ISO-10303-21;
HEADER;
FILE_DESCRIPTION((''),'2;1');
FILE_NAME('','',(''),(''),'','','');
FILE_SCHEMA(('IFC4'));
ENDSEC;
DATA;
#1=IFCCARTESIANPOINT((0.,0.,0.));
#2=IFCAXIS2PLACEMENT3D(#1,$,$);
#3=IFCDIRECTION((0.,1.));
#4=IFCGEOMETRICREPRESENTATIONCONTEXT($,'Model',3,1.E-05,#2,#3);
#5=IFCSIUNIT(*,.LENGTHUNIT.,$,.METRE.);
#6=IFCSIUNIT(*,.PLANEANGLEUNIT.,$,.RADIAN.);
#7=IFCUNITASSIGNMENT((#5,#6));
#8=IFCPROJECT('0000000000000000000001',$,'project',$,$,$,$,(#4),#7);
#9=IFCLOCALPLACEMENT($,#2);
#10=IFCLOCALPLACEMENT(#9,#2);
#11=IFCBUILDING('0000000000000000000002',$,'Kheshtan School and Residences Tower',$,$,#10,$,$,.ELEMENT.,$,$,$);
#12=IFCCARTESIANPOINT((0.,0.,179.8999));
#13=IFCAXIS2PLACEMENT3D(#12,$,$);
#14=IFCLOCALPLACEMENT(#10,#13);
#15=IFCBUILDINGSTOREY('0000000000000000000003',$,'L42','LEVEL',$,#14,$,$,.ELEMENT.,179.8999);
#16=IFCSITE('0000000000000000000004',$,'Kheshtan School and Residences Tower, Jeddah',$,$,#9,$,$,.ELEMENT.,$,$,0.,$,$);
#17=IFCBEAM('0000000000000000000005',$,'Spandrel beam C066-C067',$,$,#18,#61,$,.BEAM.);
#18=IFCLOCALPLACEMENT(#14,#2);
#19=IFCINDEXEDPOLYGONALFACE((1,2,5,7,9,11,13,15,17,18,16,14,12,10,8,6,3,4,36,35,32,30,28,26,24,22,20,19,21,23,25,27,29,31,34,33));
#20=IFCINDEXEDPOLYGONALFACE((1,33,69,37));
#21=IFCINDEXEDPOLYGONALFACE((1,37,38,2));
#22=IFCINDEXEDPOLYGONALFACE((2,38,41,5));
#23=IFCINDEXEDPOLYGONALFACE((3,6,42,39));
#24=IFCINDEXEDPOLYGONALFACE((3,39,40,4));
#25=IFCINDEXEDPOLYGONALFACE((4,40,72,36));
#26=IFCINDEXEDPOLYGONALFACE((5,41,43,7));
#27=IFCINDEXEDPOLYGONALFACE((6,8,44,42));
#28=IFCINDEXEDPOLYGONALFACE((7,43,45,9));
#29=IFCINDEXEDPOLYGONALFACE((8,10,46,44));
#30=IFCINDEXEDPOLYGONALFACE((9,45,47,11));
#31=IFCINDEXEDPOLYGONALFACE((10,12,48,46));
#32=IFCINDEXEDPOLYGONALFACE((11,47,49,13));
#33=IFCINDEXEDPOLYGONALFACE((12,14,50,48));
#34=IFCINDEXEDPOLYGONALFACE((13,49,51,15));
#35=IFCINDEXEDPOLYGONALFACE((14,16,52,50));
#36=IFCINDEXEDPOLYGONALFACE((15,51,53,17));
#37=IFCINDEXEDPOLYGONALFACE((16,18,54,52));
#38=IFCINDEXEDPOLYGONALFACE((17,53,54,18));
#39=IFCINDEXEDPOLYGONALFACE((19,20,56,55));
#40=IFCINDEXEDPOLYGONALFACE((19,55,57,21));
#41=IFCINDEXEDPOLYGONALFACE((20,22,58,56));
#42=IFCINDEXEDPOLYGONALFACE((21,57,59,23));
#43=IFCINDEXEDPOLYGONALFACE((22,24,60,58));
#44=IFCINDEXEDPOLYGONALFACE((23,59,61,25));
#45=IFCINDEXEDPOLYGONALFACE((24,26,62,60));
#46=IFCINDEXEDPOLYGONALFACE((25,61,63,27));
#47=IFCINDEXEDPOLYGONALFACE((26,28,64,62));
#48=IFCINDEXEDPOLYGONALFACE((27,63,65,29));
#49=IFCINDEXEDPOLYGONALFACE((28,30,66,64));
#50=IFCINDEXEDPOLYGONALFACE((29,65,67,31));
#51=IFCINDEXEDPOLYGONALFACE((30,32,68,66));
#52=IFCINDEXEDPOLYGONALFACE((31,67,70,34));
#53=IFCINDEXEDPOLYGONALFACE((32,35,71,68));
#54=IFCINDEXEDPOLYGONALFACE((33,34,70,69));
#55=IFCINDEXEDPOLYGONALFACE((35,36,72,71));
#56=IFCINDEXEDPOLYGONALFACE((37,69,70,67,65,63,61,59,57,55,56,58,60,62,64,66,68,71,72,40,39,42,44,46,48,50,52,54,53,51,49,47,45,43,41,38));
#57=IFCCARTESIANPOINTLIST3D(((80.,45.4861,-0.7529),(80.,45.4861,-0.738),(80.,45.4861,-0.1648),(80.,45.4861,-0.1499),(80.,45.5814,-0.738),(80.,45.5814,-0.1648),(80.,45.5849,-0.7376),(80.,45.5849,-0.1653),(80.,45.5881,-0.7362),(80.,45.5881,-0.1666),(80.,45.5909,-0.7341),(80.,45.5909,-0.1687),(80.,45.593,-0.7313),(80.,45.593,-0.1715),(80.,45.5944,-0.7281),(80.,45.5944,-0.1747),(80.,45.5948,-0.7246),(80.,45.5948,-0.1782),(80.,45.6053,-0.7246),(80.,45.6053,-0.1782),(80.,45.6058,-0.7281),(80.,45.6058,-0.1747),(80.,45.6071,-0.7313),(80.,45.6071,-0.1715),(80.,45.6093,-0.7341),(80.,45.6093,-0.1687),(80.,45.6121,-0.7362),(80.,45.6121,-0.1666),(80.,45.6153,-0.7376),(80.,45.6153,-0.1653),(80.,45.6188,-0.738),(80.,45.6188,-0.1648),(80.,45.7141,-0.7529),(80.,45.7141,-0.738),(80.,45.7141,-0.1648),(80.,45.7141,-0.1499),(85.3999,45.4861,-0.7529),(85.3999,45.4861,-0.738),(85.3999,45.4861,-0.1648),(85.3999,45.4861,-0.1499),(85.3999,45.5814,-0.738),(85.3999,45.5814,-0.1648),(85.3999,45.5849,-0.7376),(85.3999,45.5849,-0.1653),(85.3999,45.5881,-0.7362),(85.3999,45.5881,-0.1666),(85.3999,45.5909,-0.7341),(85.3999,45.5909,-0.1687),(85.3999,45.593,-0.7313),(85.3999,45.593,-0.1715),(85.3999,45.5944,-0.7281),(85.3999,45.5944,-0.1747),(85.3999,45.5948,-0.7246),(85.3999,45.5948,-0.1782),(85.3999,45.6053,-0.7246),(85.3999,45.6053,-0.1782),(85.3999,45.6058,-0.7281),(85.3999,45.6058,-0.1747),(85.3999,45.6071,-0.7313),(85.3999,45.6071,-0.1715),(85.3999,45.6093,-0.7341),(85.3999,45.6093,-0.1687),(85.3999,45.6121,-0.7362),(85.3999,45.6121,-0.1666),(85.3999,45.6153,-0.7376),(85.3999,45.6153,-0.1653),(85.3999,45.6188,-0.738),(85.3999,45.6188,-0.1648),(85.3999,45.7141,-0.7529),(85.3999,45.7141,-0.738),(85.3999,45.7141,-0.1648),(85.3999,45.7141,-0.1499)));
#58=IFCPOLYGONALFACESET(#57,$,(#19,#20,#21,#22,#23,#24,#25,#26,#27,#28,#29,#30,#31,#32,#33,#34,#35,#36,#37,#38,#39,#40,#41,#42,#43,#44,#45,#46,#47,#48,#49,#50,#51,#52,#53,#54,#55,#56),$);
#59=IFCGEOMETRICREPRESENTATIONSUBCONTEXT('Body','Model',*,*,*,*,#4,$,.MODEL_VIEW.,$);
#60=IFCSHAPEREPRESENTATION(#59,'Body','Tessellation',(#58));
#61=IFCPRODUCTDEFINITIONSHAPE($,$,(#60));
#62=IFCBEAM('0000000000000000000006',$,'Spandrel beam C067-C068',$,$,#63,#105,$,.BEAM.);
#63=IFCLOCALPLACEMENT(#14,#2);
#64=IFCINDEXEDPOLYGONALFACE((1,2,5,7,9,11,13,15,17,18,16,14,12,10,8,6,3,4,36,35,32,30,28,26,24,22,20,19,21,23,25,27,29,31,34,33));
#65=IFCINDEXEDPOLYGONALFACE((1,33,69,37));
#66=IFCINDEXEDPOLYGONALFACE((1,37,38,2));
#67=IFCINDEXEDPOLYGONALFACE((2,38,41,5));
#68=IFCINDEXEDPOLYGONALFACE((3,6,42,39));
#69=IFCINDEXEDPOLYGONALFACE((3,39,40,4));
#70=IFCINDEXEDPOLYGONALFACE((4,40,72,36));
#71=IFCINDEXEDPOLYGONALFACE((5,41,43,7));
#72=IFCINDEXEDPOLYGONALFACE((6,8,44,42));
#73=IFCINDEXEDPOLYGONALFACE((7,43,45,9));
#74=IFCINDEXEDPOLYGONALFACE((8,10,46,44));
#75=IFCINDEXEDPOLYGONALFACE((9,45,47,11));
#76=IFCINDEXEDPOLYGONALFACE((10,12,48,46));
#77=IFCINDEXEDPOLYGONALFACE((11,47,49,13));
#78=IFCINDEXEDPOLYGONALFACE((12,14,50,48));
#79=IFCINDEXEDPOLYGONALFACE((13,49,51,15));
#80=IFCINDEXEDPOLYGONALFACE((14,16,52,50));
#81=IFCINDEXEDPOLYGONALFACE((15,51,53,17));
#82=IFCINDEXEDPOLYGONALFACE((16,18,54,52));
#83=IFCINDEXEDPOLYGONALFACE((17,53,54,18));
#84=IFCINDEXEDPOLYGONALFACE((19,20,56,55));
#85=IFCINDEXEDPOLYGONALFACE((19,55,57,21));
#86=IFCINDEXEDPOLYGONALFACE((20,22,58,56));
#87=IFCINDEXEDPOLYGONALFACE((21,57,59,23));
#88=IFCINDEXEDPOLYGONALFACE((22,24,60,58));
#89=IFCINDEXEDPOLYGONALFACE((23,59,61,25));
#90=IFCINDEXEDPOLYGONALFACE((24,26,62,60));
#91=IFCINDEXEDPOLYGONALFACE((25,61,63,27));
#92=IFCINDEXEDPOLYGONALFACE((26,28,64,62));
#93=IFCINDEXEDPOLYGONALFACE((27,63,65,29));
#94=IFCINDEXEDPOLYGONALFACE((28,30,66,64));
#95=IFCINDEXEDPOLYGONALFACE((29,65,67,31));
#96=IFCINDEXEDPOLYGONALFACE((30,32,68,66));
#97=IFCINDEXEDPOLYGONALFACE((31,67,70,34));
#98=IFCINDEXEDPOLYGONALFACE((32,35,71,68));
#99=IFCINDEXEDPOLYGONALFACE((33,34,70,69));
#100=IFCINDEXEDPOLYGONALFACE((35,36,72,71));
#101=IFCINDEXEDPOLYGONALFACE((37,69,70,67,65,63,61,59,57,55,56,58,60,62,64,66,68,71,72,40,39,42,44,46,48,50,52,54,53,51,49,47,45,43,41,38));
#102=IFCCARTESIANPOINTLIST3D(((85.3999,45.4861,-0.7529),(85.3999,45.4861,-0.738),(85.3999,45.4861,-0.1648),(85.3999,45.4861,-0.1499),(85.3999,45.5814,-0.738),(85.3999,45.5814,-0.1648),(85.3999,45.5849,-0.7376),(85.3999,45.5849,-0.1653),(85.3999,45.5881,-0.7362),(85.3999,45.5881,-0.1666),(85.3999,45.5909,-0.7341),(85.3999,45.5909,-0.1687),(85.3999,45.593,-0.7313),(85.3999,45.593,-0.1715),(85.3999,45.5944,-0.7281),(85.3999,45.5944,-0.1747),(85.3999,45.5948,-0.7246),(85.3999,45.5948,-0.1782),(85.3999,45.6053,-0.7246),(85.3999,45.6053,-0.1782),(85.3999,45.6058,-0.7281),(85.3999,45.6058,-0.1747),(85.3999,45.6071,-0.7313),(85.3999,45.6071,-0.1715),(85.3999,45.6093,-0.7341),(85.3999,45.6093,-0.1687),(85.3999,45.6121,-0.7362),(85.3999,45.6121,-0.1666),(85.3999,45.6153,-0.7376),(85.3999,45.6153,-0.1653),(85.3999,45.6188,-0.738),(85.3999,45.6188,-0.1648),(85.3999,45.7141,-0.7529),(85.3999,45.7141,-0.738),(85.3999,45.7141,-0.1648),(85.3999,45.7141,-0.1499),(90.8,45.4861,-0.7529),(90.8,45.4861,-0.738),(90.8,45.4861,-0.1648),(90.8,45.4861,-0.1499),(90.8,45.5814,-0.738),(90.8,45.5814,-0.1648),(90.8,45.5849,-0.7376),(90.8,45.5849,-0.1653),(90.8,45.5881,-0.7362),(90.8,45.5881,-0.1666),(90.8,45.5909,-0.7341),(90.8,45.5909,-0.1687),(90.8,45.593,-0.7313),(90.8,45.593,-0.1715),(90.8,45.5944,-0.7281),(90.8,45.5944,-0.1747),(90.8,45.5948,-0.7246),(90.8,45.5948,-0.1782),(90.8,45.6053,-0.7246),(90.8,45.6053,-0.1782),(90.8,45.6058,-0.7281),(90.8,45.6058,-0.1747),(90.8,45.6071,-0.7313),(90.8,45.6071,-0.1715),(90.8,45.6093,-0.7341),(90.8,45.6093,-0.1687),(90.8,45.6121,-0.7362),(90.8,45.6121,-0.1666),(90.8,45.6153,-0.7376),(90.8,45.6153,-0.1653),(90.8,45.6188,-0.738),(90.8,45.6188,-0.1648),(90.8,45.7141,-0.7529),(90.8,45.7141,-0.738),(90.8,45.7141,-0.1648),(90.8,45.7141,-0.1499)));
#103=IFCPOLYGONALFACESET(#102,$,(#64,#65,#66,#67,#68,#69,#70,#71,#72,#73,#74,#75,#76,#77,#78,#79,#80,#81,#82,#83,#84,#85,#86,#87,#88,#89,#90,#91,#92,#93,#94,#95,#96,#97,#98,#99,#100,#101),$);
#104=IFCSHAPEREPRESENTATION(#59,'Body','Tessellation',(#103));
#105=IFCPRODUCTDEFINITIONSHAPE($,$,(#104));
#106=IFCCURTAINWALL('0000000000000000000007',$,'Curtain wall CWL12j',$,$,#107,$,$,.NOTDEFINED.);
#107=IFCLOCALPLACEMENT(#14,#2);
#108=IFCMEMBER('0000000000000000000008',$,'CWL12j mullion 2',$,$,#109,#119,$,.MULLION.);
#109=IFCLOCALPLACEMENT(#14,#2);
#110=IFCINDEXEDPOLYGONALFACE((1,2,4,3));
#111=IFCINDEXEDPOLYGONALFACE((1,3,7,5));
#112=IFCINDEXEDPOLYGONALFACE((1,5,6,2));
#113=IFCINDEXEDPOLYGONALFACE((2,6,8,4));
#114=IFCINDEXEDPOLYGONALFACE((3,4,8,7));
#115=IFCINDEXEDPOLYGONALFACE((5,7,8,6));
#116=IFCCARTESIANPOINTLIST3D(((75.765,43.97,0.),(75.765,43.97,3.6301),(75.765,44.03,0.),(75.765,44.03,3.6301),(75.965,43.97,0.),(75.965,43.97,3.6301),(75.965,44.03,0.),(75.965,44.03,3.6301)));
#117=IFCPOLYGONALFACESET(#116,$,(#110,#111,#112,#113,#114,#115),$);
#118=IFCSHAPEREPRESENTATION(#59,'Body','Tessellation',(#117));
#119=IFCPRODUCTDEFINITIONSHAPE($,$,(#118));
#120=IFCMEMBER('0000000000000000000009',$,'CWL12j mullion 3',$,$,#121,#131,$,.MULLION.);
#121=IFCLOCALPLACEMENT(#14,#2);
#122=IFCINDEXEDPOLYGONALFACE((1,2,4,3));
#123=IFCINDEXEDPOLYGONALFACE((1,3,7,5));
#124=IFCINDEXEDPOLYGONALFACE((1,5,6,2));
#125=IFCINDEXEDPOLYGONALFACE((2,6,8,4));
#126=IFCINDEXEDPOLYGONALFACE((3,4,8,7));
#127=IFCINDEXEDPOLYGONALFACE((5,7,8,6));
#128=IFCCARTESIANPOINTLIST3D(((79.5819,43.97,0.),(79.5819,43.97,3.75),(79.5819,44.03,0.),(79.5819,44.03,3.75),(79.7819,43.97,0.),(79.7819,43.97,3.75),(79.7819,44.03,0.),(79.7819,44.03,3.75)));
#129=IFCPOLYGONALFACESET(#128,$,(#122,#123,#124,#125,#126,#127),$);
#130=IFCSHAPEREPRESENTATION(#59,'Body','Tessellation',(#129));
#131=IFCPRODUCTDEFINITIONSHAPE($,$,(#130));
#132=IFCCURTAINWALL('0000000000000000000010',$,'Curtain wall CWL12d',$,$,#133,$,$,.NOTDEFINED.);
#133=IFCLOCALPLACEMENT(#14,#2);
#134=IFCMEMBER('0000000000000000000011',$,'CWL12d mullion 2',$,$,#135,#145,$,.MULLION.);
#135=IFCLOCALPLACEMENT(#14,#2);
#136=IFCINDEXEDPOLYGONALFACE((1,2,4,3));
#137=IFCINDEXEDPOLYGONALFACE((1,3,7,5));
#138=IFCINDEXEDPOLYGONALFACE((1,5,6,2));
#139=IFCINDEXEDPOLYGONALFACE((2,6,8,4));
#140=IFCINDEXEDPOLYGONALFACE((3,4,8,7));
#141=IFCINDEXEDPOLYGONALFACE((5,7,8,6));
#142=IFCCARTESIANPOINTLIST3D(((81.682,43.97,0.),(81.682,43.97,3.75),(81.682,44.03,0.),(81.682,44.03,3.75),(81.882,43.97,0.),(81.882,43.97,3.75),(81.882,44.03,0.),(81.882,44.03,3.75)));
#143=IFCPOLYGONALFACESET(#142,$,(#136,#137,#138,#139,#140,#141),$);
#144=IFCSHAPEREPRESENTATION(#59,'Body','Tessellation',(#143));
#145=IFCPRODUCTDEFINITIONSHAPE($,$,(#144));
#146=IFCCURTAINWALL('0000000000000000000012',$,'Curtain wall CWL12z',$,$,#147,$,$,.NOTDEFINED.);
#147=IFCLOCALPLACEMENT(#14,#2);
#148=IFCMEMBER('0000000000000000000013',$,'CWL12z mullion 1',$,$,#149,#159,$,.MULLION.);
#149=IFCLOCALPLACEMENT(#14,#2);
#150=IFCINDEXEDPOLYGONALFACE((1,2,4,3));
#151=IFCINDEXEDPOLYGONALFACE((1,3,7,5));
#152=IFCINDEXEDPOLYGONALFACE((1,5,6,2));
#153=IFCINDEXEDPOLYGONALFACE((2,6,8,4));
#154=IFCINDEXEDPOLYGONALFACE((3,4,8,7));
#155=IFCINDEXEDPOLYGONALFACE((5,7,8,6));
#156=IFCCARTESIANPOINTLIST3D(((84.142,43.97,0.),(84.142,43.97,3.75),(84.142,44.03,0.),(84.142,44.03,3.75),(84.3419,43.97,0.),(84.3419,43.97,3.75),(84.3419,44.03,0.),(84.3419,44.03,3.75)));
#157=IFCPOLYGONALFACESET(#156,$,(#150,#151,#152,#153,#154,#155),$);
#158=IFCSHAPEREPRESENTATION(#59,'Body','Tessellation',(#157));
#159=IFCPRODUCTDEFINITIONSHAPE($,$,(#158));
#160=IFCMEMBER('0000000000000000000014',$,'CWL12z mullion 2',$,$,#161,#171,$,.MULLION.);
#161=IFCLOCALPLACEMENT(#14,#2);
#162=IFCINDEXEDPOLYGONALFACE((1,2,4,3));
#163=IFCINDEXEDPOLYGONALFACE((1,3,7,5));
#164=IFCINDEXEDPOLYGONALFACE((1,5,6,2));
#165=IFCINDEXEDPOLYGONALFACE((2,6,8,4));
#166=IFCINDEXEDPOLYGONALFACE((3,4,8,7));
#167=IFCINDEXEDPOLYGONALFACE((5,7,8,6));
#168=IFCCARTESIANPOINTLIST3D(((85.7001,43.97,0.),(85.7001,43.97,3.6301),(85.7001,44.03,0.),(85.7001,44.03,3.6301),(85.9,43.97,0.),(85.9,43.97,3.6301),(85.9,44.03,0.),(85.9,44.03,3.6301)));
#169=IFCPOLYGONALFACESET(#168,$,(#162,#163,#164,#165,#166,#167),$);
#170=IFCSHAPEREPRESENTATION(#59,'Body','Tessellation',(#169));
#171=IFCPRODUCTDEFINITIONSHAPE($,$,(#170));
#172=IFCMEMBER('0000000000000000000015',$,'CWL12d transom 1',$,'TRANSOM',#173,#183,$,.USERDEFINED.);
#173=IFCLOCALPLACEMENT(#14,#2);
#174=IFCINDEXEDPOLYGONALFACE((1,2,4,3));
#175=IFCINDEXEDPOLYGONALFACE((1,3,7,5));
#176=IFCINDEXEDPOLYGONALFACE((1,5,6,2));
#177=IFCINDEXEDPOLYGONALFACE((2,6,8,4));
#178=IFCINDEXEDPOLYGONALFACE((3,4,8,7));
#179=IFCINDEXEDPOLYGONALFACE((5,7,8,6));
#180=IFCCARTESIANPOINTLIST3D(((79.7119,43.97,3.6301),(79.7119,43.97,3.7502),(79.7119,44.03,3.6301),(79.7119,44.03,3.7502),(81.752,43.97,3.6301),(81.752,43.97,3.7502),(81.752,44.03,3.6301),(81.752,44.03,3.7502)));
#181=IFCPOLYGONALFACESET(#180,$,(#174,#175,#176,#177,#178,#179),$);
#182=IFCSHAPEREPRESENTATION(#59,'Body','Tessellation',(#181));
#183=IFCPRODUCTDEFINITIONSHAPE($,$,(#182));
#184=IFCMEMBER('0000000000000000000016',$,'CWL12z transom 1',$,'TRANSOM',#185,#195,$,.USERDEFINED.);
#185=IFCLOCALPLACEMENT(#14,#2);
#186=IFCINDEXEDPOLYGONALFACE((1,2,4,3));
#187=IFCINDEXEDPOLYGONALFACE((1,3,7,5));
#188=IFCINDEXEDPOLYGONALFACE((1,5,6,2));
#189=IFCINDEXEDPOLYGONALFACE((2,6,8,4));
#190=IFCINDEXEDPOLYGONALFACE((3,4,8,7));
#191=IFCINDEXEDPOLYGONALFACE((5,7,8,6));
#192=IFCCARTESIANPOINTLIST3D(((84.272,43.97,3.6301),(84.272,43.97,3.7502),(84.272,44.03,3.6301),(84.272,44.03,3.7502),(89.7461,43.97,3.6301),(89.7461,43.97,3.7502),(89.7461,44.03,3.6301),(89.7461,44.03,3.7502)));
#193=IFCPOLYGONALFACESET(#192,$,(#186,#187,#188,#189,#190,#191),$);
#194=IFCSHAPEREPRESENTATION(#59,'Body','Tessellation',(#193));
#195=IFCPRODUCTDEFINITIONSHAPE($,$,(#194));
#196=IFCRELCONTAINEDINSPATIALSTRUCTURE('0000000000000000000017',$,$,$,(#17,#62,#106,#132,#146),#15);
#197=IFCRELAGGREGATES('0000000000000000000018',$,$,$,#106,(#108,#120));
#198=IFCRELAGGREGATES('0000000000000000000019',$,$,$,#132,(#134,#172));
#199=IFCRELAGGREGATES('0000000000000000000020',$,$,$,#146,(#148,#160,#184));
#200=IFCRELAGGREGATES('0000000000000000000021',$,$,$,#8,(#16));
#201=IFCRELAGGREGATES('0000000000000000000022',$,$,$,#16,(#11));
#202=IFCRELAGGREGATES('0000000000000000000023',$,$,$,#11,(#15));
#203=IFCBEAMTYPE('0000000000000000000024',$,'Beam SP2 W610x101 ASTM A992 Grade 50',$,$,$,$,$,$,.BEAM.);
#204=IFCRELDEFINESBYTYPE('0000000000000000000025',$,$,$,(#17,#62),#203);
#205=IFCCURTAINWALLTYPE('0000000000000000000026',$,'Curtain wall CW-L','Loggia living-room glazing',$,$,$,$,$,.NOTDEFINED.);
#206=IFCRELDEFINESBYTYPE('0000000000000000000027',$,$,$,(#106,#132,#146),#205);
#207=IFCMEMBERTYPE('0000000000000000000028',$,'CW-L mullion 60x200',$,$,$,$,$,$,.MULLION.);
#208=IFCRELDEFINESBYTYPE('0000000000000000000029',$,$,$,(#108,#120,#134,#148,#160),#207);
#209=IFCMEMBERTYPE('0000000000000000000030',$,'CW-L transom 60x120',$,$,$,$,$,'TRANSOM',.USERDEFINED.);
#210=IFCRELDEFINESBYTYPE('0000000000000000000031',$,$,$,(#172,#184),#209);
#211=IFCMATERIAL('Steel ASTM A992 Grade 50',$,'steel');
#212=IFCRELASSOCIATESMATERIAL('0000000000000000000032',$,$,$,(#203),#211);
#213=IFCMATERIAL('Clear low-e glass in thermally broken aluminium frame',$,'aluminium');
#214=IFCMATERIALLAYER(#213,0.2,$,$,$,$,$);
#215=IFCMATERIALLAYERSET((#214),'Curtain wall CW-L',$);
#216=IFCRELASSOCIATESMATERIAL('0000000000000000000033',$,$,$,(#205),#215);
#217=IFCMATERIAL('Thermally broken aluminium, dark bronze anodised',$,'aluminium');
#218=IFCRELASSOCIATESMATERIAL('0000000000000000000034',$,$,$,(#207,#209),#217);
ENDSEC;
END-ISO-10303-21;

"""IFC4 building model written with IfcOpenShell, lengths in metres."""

from ifc_helpers import new_model, si_unit, direction, frame, origin, origin_2d, place, context, subcontext, project, spatial, rectangle, i_section, extrude, material, layer, layer_set, material_profile, profile_set, type_object, element, aggregate, save


model = new_model("IFC4")

# Units and contexts
model_context = context("Model", 3, precision=1e-05, world=origin(), true_north=direction((0.0, 1.0)))
body_context = subcontext(model_context, "Body", "Model", "MODEL_VIEW")
ifc_project = project(units=[si_unit("LENGTHUNIT", "METRE"), si_unit("PLANEANGLEUNIT", "RADIAN")], contexts=[model_context])

# Site, building, storey
site_placement = place(None, origin())
site = spatial("IfcSite", under=ifc_project, at=site_placement, Name="Kheshtan School and Residences Tower, Jeddah", CompositionType="ELEMENT", RefElevation=0.0)
building_placement = place(site_placement, origin())
building = spatial("IfcBuilding", under=site, at=building_placement, Name="Kheshtan School and Residences Tower", CompositionType="ELEMENT")
storey_placement = place(building_placement, frame((0.0, 0.0, 179.8999)))
storey = spatial("IfcBuildingStorey", under=building, at=storey_placement, Name="L42", Description="LEVEL", CompositionType="ELEMENT", Elevation=179.8999)

# Shared definitions
ifc_material_1 = material(Name="Steel ASTM A992 Grade 50", Category="steel")

# Beams
ifc_material_profile_1 = material_profile(ifc_material_1, i_section(OverallWidth=0.228, OverallDepth=0.603, WebThickness=0.0105, FlangeThickness=0.0149, FilletRadius=0.0134, at=origin_2d()), Name="W610x101")
ifc_profile_set_1 = profile_set([ifc_material_profile_1], Name="Steel ASTM A992 Grade 50")
beam_type_1 = type_object("IfcBeamType", Name="Beam SP2 W610x101 ASTM A992 Grade 50", PredefinedType="BEAM", material=ifc_profile_set_1)
beam_1_placement = place(storey_placement, frame((80.0, 45.6001, -0.4514), z_axis=(1.0, 0.0, 0.0), x_axis=(0.0, 1.0, 0.0)))
element("IfcBeam", 1, at=beam_1_placement, inside=storey, type_object=beam_type_1, Name="Spandrel beam C066-C067", PredefinedType="BEAM", context=body_context, shape_type="SweptSolid", body=[
    extrude(i_section(OverallWidth=0.228, OverallDepth=0.603, WebThickness=0.0105, FlangeThickness=0.0149, FilletRadius=0.0134, at=origin_2d()), origin(), (0.0, 0.0, 1.0), 5.3999),
])
beam_2_placement = place(storey_placement, frame((85.3999, 45.6001, -0.4514), z_axis=(1.0, 0.0, 0.0), x_axis=(0.0, 1.0, 0.0)))
element("IfcBeam", 2, at=beam_2_placement, inside=storey, type_object=beam_type_1, Name="Spandrel beam C067-C068", PredefinedType="BEAM", context=body_context, shape_type="SweptSolid", body=[
    extrude(i_section(OverallWidth=0.228, OverallDepth=0.603, WebThickness=0.0105, FlangeThickness=0.0149, FilletRadius=0.0134, at=origin_2d()), origin(), (0.0, 0.0, 1.0), 5.4001),
])

# Curtain wall, members
ifc_material_2 = material(Name="Clear low-e glass in thermally broken aluminium frame", Category="aluminium")
ifc_layer_1 = layer(ifc_material_2, 0.2)
ifc_layer_set_1 = layer_set([ifc_layer_1], Name="Curtain wall CW-L")
curtain_wall_type = type_object("IfcCurtainWallType", Name="Curtain wall CW-L", Description="Loggia living-room glazing", PredefinedType="NOTDEFINED", material=ifc_layer_set_1)
curtain_wall_1_placement = place(storey_placement, origin())
curtain_wall_1 = element("IfcCurtainWall", 3, at=curtain_wall_1_placement, inside=storey, type_object=curtain_wall_type, Name="Curtain wall CWL12j", PredefinedType="NOTDEFINED")
ifc_material_3 = material(Name="Thermally broken aluminium, dark bronze anodised", Category="aluminium")
ifc_material_profile_2 = material_profile(ifc_material_3, rectangle(XDim=0.0601, YDim=0.2, at=origin_2d()), Name="CW-L mullion 60x200")
ifc_profile_set_2 = profile_set([ifc_material_profile_2], Name="Thermally broken aluminium, dark bronze anodised")
member_type_1 = type_object("IfcMemberType", Name="CW-L mullion 60x200", PredefinedType="MULLION", material=ifc_profile_set_2)
member_1_placement = place(storey_placement, frame((75.865, 44.0, 0.0), z_axis=(0.0, 0.0, 1.0), x_axis=(0.0, 1.0, 0.0)))
member_1 = element("IfcMember", 4, at=member_1_placement, type_object=member_type_1, Name="CWL12j mullion 2", PredefinedType="MULLION", context=body_context, shape_type="SweptSolid", body=[
    extrude(rectangle(XDim=0.0601, YDim=0.2, at=origin_2d()), origin(), (0.0, 0.0, 1.0), 3.6301),
])
member_2_placement = place(storey_placement, frame((79.6819, 44.0, 0.0), z_axis=(0.0, 0.0, 1.0), x_axis=(0.0, 1.0, 0.0)))
member_2 = element("IfcMember", 5, at=member_2_placement, type_object=member_type_1, Name="CWL12j mullion 3", PredefinedType="MULLION", context=body_context, shape_type="SweptSolid", body=[
    extrude(rectangle(XDim=0.0601, YDim=0.2, at=origin_2d()), origin(), (0.0, 0.0, 1.0), 3.75),
])

# Curtain wall, member
curtain_wall_2_placement = place(storey_placement, origin())
curtain_wall_2 = element("IfcCurtainWall", 6, at=curtain_wall_2_placement, inside=storey, type_object=curtain_wall_type, Name="Curtain wall CWL12d", PredefinedType="NOTDEFINED")
member_3_placement = place(storey_placement, frame((81.782, 44.0, 0.0), z_axis=(0.0, 0.0, 1.0), x_axis=(0.0, 1.0, 0.0)))
member_3 = element("IfcMember", 7, at=member_3_placement, type_object=member_type_1, Name="CWL12d mullion 2", PredefinedType="MULLION", context=body_context, shape_type="SweptSolid", body=[
    extrude(rectangle(XDim=0.0601, YDim=0.2, at=origin_2d()), origin(), (0.0, 0.0, 1.0), 3.75),
])

# Curtain wall, members
curtain_wall_3_placement = place(storey_placement, origin())
curtain_wall_3 = element("IfcCurtainWall", 8, at=curtain_wall_3_placement, inside=storey, type_object=curtain_wall_type, Name="Curtain wall CWL12z", PredefinedType="NOTDEFINED")
member_4_placement = place(storey_placement, frame((84.2419, 44.0, 0.0), z_axis=(0.0, 0.0, 1.0), x_axis=(0.0, 1.0, 0.0)))
member_4 = element("IfcMember", 9, at=member_4_placement, type_object=member_type_1, Name="CWL12z mullion 1", PredefinedType="MULLION", context=body_context, shape_type="SweptSolid", body=[
    extrude(rectangle(XDim=0.0601, YDim=0.2, at=origin_2d()), origin(), (0.0, 0.0, 1.0), 3.75),
])
member_5_placement = place(storey_placement, frame((85.8, 44.0, 0.0), z_axis=(0.0, 0.0, 1.0), x_axis=(0.0, 1.0, 0.0)))
member_5 = element("IfcMember", 10, at=member_5_placement, type_object=member_type_1, Name="CWL12z mullion 2", PredefinedType="MULLION", context=body_context, shape_type="SweptSolid", body=[
    extrude(rectangle(XDim=0.0601, YDim=0.2, at=origin_2d()), origin(), (0.0, 0.0, 1.0), 3.6301),
])

# Members
ifc_material_profile_3 = material_profile(ifc_material_3, rectangle(XDim=0.0601, YDim=0.1201, at=origin_2d()), Name="CW-L transom 60x120")
ifc_profile_set_3 = profile_set([ifc_material_profile_3], Name="Thermally broken aluminium, dark bronze anodised")
member_type_2 = type_object("IfcMemberType", Name="CW-L transom 60x120", ElementType="TRANSOM", PredefinedType="USERDEFINED", material=ifc_profile_set_3)
member_6_placement = place(storey_placement, frame((79.7119, 44.0, 3.6902), z_axis=(1.0, 0.0, 0.0), x_axis=(0.0, 1.0, 0.0)))
member_6 = element("IfcMember", 11, at=member_6_placement, type_object=member_type_2, Name="CWL12d transom 1", ObjectType="TRANSOM", PredefinedType="USERDEFINED", context=body_context, shape_type="SweptSolid", body=[
    extrude(rectangle(XDim=0.0601, YDim=0.1201, at=origin_2d()), origin(), (0.0, 0.0, 1.0), 2.04),
])
member_7_placement = place(storey_placement, frame((84.272, 44.0, 3.6902), z_axis=(1.0, 0.0, 0.0), x_axis=(0.0, 1.0, 0.0)))
member_7 = element("IfcMember", 12, at=member_7_placement, type_object=member_type_2, Name="CWL12z transom 1", ObjectType="TRANSOM", PredefinedType="USERDEFINED", context=body_context, shape_type="SweptSolid", body=[
    extrude(rectangle(XDim=0.0601, YDim=0.1201, at=origin_2d()), origin(), (0.0, 0.0, 1.0), 5.4741),
])

aggregate(curtain_wall_1, [member_1, member_2])
aggregate(curtain_wall_2, [member_3, member_6])
aggregate(curtain_wall_3, [member_4, member_5, member_7])

save(model, "model.ifc")
